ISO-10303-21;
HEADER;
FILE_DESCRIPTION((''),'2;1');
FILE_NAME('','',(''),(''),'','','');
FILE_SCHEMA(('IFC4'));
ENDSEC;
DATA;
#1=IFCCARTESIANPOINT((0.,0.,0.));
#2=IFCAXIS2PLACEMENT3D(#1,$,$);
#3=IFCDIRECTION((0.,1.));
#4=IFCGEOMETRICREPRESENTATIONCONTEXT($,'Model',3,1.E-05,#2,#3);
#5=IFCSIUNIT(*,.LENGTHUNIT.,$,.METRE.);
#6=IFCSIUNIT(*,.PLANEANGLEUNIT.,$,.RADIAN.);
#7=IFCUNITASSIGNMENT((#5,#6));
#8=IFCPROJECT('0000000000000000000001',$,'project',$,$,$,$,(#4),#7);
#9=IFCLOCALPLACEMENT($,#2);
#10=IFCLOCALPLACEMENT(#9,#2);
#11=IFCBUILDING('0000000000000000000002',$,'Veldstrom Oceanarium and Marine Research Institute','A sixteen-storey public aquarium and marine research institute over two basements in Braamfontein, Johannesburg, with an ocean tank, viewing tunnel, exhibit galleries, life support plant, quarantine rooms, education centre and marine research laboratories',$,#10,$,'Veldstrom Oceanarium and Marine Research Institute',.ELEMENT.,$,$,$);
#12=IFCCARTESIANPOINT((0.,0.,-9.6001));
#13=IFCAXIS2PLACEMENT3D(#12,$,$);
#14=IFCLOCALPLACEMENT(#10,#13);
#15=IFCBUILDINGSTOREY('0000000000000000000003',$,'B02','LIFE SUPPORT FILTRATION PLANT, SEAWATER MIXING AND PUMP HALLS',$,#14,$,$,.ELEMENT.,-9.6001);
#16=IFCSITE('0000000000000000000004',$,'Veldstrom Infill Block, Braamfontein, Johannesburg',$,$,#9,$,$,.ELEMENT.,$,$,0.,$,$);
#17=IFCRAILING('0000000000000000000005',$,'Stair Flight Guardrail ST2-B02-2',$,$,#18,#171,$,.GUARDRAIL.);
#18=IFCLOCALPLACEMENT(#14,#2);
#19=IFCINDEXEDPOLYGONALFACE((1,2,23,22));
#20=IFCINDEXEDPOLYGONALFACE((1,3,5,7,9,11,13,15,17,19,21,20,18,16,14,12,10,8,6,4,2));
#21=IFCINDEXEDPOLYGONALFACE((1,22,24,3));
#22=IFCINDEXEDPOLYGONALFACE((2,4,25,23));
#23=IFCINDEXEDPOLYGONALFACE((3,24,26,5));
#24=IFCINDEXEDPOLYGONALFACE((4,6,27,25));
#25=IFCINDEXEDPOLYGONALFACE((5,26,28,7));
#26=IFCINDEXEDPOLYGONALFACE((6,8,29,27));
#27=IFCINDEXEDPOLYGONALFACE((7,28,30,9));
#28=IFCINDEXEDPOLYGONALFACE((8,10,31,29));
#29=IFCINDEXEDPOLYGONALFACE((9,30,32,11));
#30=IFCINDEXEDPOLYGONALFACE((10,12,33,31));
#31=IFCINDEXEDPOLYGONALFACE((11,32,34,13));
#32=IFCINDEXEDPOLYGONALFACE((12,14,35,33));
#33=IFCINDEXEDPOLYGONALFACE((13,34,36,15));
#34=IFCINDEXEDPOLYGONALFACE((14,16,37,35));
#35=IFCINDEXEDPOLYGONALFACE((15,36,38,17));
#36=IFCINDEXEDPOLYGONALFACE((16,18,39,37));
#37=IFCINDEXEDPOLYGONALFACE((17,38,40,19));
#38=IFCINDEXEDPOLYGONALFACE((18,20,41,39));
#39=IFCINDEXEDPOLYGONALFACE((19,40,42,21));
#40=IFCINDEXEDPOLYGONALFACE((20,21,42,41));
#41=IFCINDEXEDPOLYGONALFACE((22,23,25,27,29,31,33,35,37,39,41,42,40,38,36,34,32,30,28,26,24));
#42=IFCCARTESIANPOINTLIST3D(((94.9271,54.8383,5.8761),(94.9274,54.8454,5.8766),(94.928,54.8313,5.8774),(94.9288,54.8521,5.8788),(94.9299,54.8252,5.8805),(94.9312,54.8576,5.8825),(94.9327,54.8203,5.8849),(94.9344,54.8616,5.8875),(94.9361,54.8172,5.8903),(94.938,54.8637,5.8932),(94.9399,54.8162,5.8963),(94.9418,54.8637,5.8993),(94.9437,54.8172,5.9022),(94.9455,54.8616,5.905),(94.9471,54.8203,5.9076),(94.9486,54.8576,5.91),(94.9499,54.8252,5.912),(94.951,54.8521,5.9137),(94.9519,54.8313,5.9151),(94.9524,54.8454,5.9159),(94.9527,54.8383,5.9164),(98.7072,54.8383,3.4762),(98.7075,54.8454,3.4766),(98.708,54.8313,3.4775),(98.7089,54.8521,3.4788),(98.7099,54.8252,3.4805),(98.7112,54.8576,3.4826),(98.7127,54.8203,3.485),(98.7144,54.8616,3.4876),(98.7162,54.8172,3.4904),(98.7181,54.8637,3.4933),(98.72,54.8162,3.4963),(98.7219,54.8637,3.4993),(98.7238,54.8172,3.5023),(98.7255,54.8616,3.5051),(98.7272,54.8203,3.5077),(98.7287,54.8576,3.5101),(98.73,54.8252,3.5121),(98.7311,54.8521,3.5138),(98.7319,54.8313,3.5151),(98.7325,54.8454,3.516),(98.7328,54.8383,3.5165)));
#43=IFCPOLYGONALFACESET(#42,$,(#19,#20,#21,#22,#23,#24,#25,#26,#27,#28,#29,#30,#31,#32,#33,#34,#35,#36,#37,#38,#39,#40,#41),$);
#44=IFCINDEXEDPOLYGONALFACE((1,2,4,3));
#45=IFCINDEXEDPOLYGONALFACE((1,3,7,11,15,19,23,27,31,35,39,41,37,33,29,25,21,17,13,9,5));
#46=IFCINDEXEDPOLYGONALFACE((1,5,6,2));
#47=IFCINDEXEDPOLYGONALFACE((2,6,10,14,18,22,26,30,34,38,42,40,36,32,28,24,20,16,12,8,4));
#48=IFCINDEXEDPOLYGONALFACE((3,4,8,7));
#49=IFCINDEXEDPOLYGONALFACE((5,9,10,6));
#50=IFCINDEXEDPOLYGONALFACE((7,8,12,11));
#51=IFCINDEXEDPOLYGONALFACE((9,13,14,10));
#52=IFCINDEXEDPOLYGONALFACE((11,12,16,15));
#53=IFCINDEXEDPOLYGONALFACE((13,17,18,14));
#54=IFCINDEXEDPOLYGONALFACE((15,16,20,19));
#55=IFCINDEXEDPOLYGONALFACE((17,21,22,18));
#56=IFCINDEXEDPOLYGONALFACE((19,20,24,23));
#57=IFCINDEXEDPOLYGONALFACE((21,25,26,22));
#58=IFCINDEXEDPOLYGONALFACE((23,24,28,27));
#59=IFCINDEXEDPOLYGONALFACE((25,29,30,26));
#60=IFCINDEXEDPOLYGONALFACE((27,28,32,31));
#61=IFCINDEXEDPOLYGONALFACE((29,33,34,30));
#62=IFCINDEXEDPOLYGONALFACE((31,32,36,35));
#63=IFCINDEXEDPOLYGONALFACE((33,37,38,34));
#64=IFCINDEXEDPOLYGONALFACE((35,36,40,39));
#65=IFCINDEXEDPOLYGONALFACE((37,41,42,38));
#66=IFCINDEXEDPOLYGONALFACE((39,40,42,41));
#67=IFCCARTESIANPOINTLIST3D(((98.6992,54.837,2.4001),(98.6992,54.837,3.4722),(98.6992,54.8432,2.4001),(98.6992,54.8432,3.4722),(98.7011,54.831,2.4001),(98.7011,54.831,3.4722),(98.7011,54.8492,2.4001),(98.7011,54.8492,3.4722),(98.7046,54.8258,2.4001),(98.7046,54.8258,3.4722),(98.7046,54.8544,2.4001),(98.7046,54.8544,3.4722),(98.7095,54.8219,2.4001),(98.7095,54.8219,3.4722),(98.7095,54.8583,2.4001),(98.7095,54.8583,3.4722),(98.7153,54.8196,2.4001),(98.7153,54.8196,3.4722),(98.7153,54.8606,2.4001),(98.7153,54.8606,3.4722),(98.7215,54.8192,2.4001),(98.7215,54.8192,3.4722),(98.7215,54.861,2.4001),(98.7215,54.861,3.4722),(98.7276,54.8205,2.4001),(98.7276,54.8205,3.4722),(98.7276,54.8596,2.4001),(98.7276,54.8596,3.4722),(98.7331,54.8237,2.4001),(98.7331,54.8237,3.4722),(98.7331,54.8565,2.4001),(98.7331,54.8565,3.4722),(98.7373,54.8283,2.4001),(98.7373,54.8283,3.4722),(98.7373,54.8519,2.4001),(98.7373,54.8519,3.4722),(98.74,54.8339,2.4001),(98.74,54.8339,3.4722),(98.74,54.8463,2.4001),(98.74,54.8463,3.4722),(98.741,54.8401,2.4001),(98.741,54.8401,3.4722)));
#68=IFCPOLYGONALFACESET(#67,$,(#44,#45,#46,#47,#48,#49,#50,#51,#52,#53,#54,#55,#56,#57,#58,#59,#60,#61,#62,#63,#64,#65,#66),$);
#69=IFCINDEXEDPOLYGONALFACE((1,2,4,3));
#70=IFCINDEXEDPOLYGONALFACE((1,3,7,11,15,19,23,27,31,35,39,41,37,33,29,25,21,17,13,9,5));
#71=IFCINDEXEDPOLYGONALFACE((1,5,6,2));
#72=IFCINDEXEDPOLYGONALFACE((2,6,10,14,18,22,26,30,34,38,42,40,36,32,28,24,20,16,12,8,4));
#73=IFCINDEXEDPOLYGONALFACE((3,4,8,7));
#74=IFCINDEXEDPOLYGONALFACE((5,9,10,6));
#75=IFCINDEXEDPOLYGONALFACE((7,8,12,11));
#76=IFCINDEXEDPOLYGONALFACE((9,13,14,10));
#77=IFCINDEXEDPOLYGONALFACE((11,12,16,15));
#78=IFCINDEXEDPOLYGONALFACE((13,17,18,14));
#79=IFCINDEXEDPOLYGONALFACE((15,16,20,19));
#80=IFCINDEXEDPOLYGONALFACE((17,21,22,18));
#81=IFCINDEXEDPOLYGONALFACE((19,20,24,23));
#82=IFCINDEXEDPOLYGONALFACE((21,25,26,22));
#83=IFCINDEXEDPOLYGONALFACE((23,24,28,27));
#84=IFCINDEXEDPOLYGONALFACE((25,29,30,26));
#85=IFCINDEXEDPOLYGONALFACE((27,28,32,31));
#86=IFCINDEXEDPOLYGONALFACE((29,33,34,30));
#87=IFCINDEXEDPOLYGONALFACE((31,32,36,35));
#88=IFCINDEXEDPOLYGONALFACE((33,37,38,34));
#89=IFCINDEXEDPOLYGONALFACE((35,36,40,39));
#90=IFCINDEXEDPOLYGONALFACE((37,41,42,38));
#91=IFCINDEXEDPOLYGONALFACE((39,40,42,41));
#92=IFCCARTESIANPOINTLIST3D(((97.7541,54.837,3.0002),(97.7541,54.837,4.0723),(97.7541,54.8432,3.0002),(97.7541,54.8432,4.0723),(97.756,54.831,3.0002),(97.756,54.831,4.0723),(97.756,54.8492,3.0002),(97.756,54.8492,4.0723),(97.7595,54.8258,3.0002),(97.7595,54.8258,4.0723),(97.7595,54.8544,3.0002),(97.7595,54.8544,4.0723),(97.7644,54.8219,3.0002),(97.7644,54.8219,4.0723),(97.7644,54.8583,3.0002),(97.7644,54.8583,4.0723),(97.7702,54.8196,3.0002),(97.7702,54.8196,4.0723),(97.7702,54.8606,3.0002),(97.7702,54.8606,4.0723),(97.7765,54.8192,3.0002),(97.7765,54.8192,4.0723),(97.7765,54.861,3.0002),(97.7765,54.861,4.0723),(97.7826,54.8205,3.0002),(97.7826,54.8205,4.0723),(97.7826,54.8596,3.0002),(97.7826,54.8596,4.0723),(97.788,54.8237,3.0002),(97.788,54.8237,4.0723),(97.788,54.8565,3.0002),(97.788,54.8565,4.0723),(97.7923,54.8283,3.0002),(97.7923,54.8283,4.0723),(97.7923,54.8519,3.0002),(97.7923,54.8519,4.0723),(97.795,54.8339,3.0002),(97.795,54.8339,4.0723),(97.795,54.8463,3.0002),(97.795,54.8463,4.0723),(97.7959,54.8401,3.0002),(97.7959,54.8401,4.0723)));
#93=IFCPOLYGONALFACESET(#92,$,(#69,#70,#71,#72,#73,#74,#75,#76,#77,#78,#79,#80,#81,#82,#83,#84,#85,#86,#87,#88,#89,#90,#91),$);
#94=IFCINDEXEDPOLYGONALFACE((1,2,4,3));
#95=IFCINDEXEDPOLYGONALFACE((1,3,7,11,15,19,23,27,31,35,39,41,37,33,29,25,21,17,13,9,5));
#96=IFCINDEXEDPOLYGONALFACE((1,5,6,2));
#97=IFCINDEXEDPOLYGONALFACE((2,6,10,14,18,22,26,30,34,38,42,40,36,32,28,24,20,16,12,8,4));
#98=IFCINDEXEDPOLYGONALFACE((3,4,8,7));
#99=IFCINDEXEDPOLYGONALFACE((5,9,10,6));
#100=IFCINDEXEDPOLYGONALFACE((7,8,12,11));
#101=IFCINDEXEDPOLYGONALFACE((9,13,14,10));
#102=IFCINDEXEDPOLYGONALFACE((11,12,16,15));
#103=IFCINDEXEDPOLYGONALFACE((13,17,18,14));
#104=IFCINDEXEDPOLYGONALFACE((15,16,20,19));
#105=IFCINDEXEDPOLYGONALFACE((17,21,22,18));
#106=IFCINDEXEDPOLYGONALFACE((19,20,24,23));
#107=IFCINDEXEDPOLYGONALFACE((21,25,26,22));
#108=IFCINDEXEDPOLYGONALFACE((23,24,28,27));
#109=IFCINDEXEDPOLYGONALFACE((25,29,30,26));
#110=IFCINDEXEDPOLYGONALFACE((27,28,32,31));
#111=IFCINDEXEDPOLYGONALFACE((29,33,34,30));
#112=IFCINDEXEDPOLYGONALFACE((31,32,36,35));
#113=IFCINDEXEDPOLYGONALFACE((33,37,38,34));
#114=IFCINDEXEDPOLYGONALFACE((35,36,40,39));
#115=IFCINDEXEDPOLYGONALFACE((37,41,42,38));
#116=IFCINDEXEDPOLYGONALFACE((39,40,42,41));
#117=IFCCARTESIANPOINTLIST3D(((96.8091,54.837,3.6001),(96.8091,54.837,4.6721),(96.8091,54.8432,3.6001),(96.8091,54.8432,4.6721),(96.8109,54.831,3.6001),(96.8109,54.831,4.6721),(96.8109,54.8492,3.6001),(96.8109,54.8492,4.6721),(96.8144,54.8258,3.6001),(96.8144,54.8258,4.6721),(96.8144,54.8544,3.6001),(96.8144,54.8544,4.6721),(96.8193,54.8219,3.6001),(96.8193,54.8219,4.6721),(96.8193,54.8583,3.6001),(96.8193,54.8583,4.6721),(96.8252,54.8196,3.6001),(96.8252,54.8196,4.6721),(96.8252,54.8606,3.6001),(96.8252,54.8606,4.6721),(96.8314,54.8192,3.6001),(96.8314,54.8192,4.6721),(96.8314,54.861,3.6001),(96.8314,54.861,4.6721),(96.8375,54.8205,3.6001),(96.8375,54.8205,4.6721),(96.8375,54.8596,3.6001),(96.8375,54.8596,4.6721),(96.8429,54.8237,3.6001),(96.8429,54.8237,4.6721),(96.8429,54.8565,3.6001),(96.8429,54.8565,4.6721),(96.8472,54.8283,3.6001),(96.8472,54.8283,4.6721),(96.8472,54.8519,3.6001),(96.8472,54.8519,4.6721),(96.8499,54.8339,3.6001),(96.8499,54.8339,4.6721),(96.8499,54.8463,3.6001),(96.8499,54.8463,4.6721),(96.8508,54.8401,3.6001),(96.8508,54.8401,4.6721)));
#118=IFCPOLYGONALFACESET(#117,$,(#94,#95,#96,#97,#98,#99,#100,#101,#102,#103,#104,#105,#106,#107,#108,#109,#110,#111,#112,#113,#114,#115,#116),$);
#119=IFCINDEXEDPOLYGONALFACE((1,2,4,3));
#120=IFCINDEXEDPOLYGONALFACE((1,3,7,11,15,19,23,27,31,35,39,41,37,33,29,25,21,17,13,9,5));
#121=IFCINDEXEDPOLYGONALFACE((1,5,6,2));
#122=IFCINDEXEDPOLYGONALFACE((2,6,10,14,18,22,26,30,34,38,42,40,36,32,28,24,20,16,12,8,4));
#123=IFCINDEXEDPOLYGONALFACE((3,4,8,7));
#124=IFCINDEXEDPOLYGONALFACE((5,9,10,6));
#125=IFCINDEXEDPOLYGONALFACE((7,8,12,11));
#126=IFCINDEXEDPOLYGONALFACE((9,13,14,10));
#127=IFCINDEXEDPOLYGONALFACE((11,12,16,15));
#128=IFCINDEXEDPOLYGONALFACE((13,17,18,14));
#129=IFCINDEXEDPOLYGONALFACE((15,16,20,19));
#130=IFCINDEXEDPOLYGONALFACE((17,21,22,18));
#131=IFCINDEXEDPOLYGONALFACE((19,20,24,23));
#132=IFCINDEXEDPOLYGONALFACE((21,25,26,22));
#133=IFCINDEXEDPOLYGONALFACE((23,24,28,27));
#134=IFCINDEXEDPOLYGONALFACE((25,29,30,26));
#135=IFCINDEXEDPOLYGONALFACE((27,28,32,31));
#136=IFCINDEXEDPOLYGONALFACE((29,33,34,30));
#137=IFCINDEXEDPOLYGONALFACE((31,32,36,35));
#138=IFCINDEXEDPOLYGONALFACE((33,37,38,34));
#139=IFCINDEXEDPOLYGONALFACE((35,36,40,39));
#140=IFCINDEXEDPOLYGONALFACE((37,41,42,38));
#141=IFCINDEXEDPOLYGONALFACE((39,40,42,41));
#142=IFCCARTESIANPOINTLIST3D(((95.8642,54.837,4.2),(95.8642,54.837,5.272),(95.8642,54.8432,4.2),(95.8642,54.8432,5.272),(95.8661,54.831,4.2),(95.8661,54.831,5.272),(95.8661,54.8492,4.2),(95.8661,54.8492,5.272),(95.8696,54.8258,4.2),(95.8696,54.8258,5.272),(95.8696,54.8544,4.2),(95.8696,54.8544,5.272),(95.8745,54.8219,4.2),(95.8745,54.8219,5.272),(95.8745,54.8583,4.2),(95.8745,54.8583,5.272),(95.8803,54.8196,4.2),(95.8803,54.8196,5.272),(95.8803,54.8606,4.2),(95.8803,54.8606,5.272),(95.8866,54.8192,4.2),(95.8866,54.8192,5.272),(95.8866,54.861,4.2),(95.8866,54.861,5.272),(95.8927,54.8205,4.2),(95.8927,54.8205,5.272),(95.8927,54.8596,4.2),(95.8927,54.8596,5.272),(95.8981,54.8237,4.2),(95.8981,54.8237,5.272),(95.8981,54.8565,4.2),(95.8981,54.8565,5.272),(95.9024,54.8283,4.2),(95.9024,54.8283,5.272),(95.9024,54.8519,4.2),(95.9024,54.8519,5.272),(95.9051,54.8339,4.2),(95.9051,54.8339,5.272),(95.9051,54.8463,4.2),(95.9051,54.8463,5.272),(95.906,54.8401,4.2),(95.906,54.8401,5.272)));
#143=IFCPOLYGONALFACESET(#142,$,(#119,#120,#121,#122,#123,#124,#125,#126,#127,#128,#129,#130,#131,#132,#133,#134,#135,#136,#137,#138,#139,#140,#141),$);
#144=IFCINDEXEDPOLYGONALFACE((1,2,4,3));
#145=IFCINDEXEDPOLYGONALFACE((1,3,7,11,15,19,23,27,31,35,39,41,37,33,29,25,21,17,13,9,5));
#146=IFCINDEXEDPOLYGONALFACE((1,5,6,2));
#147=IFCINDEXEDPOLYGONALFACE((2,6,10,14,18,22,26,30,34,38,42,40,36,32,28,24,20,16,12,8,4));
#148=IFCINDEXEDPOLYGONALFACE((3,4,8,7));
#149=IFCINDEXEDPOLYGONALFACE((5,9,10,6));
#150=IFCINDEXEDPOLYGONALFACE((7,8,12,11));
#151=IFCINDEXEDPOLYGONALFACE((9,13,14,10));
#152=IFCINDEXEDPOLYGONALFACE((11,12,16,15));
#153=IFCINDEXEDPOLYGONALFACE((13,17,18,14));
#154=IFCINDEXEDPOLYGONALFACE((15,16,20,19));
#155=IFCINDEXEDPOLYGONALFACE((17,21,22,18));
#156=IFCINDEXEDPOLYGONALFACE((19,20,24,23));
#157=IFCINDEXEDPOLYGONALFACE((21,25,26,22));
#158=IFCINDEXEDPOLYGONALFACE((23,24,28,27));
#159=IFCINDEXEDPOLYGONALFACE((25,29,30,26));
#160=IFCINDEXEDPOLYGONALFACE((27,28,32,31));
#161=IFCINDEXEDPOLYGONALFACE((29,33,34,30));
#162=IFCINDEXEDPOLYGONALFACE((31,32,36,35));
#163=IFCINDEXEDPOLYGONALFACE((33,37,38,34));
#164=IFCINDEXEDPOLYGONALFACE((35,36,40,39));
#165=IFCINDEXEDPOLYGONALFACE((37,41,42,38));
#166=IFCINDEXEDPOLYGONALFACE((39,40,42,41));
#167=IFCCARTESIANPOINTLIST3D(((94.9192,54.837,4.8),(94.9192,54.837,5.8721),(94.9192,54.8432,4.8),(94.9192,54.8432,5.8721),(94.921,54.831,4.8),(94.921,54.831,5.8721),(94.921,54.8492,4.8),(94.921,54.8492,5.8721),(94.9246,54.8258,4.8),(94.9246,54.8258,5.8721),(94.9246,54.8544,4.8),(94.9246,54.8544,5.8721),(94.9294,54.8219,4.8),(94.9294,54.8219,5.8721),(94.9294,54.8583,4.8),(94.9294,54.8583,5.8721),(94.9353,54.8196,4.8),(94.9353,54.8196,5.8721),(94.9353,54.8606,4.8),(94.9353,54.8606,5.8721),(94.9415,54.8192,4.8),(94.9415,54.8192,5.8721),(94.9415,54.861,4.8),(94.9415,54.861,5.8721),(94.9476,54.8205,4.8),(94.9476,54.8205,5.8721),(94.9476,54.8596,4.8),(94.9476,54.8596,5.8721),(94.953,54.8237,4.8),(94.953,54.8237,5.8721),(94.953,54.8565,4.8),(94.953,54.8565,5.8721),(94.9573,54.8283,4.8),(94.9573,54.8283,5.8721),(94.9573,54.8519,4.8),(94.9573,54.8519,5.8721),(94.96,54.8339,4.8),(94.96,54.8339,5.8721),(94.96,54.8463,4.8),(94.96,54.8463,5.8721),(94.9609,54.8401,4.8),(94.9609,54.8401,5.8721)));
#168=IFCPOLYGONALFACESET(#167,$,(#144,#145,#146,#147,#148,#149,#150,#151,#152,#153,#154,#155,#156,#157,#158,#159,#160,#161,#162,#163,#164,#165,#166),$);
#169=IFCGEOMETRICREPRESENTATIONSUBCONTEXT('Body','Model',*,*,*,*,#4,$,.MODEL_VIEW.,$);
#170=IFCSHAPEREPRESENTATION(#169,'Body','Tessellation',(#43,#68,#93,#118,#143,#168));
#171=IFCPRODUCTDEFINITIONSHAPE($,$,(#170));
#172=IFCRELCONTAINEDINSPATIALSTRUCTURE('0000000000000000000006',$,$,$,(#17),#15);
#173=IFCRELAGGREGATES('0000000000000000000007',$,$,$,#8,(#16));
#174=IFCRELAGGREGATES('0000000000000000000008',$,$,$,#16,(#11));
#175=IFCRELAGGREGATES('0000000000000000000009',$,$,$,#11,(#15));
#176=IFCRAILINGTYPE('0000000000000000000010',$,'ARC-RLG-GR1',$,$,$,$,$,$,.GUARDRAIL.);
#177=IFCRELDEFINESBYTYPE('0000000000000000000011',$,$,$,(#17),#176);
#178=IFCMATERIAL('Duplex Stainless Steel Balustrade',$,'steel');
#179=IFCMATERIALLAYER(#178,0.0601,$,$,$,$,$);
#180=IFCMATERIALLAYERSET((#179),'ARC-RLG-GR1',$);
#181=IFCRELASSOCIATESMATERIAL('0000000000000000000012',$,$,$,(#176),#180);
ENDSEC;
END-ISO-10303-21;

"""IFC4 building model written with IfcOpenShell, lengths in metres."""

from ifc_helpers import new_model, si_unit, direction, frame, origin, origin_2d, place, context, subcontext, project, spatial, circle, extrude, material, layer, layer_set, type_object, element, save


model = new_model("IFC4")

# Units and contexts
model_context = context("Model", 3, precision=1e-05, world=origin(), true_north=direction((0.0, 1.0)))
body_context = subcontext(model_context, "Body", "Model", "MODEL_VIEW")
ifc_project = project(units=[si_unit("LENGTHUNIT", "METRE"), si_unit("PLANEANGLEUNIT", "RADIAN")], contexts=[model_context])

# Site, building, storey
site_placement = place(None, origin())
site = spatial("IfcSite", under=ifc_project, at=site_placement, Name="Veldstrom Infill Block, Braamfontein, Johannesburg", CompositionType="ELEMENT", RefElevation=0.0)
building_placement = place(site_placement, origin())
building = spatial("IfcBuilding", under=site, at=building_placement, Name="Veldstrom Oceanarium and Marine Research Institute", Description="A sixteen-storey public aquarium and marine research institute over two basements in Braamfontein, Johannesburg, with an ocean tank, viewing tunnel, exhibit galleries, life support plant, quarantine rooms, education centre and marine research laboratories", LongName="Veldstrom Oceanarium and Marine Research Institute", CompositionType="ELEMENT")
storey_placement = place(building_placement, frame((0.0, 0.0, -9.6001)))
storey = spatial("IfcBuildingStorey", under=building, at=storey_placement, Name="B02", Description="LIFE SUPPORT FILTRATION PLANT, SEAWATER MIXING AND PUMP HALLS", CompositionType="ELEMENT", Elevation=-9.6001)

# Railing
ifc_material_1 = material(Name="Duplex Stainless Steel Balustrade", Category="steel")
ifc_layer_1 = layer(ifc_material_1, 0.0601)
ifc_layer_set_1 = layer_set([ifc_layer_1], Name="ARC-RLG-GR1")
railing_type_1 = type_object("IfcRailingType", Name="ARC-RLG-GR1", PredefinedType="GUARDRAIL", material=ifc_layer_set_1)
railing_1_placement = place(storey_placement, frame((98.72, 54.8401, 2.4001)))
element("IfcRailing", 1, at=railing_1_placement, inside=storey, type_object=railing_type_1, Name="Stair Flight Guardrail ST2-B02-2", PredefinedType="GUARDRAIL", context=body_context, shape_type="SweptSolid", body=[
    extrude(circle(Radius=0.0239, at=origin_2d()), frame((0.0, 0.0, 1.0962), z_axis=(-0.844225, 0.0, 0.53599), x_axis=(0.0, -1.0, 0.0)), (0.0, 0.0, 1.0), 4.4775),
    extrude(circle(Radius=0.021, at=origin_2d()), origin(), (0.0, 0.0, 1.0), 1.072),
    extrude(circle(Radius=0.021, at=origin_2d()), frame((-0.9451, 0.0, 0.6001)), (0.0, 0.0, 1.0), 1.072),
    extrude(circle(Radius=0.021, at=origin_2d()), frame((-1.8901, 0.0, 1.2)), (0.0, 0.0, 1.0), 1.072),
    extrude(circle(Radius=0.021, at=origin_2d()), frame((-2.835, 0.0, 1.7998)), (0.0, 0.0, 1.0), 1.072),
    extrude(circle(Radius=0.021, at=origin_2d()), frame((-3.78, 0.0, 2.3999)), (0.0, 0.0, 1.0), 1.072),
])

save(model, "model.ifc")
